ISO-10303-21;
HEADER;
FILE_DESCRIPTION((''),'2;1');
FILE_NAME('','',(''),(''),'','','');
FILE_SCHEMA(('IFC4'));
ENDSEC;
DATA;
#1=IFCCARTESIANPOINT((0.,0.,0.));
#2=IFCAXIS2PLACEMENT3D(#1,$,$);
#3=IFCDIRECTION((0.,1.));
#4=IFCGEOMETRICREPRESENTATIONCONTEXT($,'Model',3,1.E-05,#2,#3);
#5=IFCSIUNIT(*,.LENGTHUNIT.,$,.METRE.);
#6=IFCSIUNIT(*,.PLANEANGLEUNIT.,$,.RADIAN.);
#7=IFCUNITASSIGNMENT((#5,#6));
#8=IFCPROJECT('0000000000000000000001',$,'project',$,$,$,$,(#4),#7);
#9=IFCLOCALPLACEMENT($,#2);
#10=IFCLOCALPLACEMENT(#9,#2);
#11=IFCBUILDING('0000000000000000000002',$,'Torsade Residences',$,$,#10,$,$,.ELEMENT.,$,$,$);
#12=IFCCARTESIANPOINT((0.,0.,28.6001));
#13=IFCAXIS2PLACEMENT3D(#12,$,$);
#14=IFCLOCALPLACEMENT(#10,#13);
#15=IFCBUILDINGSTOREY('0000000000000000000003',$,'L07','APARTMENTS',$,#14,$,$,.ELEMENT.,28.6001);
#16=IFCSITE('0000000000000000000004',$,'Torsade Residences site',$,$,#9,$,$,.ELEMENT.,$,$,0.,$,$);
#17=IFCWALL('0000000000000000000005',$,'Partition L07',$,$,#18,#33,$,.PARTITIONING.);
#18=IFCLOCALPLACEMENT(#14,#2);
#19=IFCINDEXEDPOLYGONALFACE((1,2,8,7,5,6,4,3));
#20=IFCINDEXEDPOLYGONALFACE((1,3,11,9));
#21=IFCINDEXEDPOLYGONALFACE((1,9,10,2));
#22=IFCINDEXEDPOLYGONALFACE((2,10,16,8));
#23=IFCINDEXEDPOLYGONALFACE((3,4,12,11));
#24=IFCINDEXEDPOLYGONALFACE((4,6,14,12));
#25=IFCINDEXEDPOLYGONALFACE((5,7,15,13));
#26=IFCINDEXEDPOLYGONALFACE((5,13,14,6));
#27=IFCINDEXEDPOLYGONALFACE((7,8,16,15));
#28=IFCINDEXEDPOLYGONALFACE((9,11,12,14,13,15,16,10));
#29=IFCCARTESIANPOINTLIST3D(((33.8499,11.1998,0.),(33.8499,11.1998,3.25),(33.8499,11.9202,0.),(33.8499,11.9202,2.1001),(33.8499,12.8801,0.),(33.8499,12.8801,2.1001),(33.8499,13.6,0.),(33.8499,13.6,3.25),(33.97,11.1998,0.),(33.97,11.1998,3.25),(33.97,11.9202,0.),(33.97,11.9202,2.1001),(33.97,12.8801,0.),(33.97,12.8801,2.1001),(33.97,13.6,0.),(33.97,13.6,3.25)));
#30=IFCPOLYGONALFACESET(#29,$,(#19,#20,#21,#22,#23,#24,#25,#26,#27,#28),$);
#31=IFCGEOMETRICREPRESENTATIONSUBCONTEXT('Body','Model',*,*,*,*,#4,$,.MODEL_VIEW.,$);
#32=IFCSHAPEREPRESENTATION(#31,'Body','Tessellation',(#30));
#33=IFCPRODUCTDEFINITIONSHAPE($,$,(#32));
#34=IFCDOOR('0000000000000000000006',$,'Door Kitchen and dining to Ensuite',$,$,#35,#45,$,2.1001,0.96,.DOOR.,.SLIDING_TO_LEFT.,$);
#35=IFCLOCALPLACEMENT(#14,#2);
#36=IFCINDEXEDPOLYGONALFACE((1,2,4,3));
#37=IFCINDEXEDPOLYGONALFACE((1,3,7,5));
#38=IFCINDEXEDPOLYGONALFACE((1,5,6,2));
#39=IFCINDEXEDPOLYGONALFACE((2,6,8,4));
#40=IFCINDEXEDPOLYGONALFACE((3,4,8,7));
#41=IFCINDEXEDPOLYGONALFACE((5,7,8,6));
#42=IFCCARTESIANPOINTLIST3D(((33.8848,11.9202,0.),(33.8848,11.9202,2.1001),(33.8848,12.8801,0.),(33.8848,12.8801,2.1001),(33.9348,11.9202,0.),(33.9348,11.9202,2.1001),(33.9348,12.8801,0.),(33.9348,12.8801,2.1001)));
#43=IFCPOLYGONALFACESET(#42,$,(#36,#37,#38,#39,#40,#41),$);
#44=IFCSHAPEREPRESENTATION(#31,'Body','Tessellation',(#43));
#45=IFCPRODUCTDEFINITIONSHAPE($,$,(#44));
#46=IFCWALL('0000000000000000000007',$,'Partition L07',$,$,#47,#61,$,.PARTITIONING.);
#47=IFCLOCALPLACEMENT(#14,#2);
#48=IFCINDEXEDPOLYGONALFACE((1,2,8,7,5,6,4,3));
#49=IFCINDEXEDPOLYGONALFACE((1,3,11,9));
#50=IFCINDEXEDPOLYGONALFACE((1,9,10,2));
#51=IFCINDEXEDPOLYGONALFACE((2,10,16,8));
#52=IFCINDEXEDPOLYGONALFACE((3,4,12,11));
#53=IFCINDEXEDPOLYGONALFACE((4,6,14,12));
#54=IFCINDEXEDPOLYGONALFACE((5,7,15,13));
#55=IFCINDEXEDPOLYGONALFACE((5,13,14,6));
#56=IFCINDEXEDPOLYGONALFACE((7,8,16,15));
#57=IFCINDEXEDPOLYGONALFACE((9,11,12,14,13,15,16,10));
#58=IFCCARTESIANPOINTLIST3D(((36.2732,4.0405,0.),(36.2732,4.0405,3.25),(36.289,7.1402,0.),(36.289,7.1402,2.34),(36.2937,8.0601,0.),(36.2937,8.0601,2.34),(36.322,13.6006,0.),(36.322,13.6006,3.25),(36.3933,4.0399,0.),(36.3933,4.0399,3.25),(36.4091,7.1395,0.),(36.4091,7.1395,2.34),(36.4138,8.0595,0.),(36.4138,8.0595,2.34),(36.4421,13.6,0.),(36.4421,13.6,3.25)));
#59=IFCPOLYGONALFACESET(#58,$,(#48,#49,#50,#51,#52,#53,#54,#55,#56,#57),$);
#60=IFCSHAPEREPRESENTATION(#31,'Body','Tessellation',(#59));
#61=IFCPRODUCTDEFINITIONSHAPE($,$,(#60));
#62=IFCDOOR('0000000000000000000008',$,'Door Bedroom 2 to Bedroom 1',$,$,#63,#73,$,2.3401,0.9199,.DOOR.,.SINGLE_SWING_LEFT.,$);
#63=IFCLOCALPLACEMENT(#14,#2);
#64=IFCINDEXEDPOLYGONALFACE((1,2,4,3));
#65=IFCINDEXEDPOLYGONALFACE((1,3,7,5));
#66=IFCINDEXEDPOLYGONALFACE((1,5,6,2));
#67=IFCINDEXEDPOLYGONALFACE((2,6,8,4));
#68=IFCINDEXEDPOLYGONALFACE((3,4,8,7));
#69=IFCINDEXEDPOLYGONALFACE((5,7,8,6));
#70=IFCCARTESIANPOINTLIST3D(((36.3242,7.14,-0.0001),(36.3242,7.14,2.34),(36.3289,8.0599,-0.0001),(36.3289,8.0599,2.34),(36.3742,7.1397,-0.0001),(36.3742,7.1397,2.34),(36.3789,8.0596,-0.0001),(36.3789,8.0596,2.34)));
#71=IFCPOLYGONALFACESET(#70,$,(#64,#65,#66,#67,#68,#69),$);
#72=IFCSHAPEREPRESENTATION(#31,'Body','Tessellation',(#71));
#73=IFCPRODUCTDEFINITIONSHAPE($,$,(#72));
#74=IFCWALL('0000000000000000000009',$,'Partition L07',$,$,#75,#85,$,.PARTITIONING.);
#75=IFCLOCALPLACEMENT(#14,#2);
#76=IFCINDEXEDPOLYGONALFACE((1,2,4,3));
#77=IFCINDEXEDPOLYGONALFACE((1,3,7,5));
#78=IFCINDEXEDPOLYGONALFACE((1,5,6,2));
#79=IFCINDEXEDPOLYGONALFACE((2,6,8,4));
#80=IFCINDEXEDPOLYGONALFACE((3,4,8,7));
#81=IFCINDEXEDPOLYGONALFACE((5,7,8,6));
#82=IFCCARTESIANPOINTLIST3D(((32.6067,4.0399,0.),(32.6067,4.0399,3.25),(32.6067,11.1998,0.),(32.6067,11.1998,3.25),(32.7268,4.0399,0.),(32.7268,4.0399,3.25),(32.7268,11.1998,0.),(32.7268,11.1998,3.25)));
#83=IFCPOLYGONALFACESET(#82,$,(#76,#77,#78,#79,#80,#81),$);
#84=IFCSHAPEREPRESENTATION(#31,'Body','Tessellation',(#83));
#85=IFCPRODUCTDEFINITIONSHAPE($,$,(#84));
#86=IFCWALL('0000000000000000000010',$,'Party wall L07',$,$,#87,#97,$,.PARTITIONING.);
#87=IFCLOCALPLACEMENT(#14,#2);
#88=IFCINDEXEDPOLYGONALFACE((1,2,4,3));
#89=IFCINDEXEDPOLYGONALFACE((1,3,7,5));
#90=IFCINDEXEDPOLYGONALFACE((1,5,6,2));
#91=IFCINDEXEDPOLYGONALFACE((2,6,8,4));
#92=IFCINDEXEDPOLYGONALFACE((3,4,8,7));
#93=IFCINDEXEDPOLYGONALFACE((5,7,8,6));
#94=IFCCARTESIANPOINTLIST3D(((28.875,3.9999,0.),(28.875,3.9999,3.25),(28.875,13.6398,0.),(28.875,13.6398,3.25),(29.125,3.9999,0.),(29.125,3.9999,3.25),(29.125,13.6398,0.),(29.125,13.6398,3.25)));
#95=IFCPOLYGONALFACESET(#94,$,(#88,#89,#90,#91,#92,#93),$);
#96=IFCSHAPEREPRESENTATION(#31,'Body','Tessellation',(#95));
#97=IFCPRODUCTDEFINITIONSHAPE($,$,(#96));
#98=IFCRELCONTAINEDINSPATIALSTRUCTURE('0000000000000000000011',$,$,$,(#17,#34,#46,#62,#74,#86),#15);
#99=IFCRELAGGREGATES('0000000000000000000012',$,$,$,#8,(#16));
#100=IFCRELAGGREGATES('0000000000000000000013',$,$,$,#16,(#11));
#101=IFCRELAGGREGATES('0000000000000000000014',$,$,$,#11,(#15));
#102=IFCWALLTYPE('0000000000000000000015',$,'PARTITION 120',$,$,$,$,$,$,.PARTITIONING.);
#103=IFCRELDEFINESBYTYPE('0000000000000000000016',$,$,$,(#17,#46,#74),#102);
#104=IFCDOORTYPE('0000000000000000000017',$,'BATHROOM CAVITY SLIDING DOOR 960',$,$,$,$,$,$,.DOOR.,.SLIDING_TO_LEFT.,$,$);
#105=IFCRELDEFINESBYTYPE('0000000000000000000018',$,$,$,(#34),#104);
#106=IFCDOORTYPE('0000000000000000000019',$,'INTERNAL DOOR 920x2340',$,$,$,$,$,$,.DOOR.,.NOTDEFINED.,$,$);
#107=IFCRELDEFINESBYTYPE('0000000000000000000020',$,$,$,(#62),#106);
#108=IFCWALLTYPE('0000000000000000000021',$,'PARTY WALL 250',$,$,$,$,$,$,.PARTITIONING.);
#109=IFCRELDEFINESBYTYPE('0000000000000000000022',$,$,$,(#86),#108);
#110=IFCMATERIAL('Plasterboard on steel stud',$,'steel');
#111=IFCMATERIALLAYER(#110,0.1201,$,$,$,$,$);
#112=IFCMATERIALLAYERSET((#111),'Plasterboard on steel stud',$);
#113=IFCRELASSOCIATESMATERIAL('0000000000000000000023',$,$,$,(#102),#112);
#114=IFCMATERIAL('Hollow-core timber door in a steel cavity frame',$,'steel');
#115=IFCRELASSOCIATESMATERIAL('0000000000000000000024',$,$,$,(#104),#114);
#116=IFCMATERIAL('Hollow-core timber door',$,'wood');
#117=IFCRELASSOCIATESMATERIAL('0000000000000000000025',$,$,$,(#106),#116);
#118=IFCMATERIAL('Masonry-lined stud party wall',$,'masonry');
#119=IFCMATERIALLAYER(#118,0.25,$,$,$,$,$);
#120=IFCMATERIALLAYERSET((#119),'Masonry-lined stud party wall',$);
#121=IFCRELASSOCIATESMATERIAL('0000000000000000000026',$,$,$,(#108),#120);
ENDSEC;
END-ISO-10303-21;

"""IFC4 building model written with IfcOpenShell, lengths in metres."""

from ifc_helpers import new_model, si_unit, direction, frame, frame_2d, origin, place, context, subcontext, project, spatial, rectangle, extrude, material, layer, layer_set, type_object, element, fill, save


model = new_model("IFC4")

# Units and contexts
model_context = context("Model", 3, precision=1e-05, world=origin(), true_north=direction((0.0, 1.0)))
body_context = subcontext(model_context, "Body", "Model", "MODEL_VIEW")
ifc_project = project(units=[si_unit("LENGTHUNIT", "METRE"), si_unit("PLANEANGLEUNIT", "RADIAN")], contexts=[model_context])

# Site, building, storey
site_placement = place(None, origin())
site = spatial("IfcSite", under=ifc_project, at=site_placement, Name="Torsade Residences site", CompositionType="ELEMENT", RefElevation=0.0)
building_placement = place(site_placement, origin())
building = spatial("IfcBuilding", under=site, at=building_placement, Name="Torsade Residences", CompositionType="ELEMENT")
storey_placement = place(building_placement, frame((0.0, 0.0, 28.6001)))
storey = spatial("IfcBuildingStorey", under=building, at=storey_placement, Name="L07", Description="APARTMENTS", CompositionType="ELEMENT", Elevation=28.6001)

# Shared definitions
ifc_material_1 = material(Name="Plasterboard on steel stud", Category="steel")
ifc_layer_1 = layer(ifc_material_1, 0.1201)
ifc_layer_set_1 = layer_set([ifc_layer_1], Name="Plasterboard on steel stud")
wall_type_1 = type_object("IfcWallType", Name="PARTITION 120", PredefinedType="PARTITIONING", material=ifc_layer_set_1)

# Walls, openings, doors
wall_1_placement = place(storey_placement, frame((33.9099, 13.6001, 0.0), z_axis=(0.0, 0.0, 1.0), x_axis=(0.0, -1.0, 0.0)))
wall_1 = element("IfcWall", 1, at=wall_1_placement, inside=storey, type_object=wall_type_1, Name="Partition L07", PredefinedType="PARTITIONING", context=body_context, shape_type="SweptSolid", body=[
    extrude(rectangle(XDim=2.4001, YDim=0.1201, at=frame_2d((1.2002, 0.0))), origin(), (0.0, 0.0, 1.0), 3.25),
])
opening_1_placement = place(wall_1_placement, frame((0.72, 0.0, 0.0)))
opening_1 = element("IfcOpeningElement", 2, at=opening_1_placement, cuts=wall_1, PredefinedType="OPENING", context=body_context, shape_type="SweptSolid", body=[
    extrude(rectangle(XDim=0.96, YDim=2.1001, at=frame_2d((0.48, 1.05))), frame((0.0, 0.0701, 0.0), z_axis=(0.0, -1.0, 0.0), x_axis=(1.0, 0.0, 0.0)), (0.0, 0.0, 1.0), 0.1401),
])
ifc_material_2 = material(Name="Hollow-core timber door in a steel cavity frame", Category="steel")
door_type_1 = type_object("IfcDoorType", Name="BATHROOM CAVITY SLIDING DOOR 960", OperationType="SLIDING_TO_LEFT", PredefinedType="DOOR", material=ifc_material_2)
door_1_placement = place(opening_1_placement, origin())
door_1 = element("IfcDoor", 3, at=door_1_placement, inside=storey, type_object=door_type_1, Name="Door Kitchen and dining to Ensuite", OperationType="SLIDING_TO_LEFT", OverallHeight=2.1001, OverallWidth=0.96, PredefinedType="DOOR", context=body_context, shape_type="SweptSolid", body=[
    extrude(rectangle(XDim=0.96, YDim=2.1001, at=frame_2d((0.48, 1.05))), frame((0.0, 0.0249, 0.0), z_axis=(0.0, -1.0, 0.0), x_axis=(1.0, 0.0, 0.0)), (0.0, 0.0, 1.0), 0.05),
])
fill(opening_1, door_1)
wall_2_placement = place(storey_placement, frame((36.3333, 4.04, 0.0), z_axis=(0.0, 0.0, 1.0), x_axis=(0.005107, 0.999987, 0.0)))
wall_2 = element("IfcWall", 4, at=wall_2_placement, inside=storey, type_object=wall_type_1, Name="Partition L07", PredefinedType="PARTITIONING", context=body_context, shape_type="SweptSolid", body=[
    extrude(rectangle(XDim=9.5603, YDim=0.1201, at=frame_2d((4.7803, 0.0))), origin(), (0.0, 0.0, 1.0), 3.25),
])
opening_2_placement = place(wall_2_placement, frame((3.0999, 0.0, 0.0)))
opening_2 = element("IfcOpeningElement", 5, at=opening_2_placement, cuts=wall_2, PredefinedType="OPENING", context=body_context, shape_type="SweptSolid", body=[
    extrude(rectangle(XDim=0.9199, YDim=2.3401, at=frame_2d((0.46, 1.1699))), frame((0.0, 0.0701, 0.0), z_axis=(0.0, -1.0, 0.0), x_axis=(1.0, 0.0, 0.0)), (0.0, 0.0, 1.0), 0.1401),
])
ifc_material_3 = material(Name="Hollow-core timber door", Category="wood")
door_type_2 = type_object("IfcDoorType", Name="INTERNAL DOOR 920x2340", OperationType="NOTDEFINED", PredefinedType="DOOR", material=ifc_material_3)
door_2_placement = place(opening_2_placement, origin())
door_2 = element("IfcDoor", 6, at=door_2_placement, inside=storey, type_object=door_type_2, Name="Door Bedroom 2 to Bedroom 1", OperationType="SINGLE_SWING_LEFT", OverallHeight=2.3401, OverallWidth=0.9199, PredefinedType="DOOR", context=body_context, shape_type="SweptSolid", body=[
    extrude(rectangle(XDim=0.9199, YDim=2.3401, at=frame_2d((0.46, 1.1699))), frame((0.0, 0.0249, 0.0), z_axis=(0.0, -1.0, 0.0), x_axis=(1.0, 0.0, 0.0)), (0.0, 0.0, 1.0), 0.05),
])
fill(opening_2, door_2)

# Walls
wall_3_placement = place(storey_placement, frame((32.6667, 11.2, 0.0), z_axis=(0.0, 0.0, 1.0), x_axis=(0.0, -1.0, 0.0)))
element("IfcWall", 7, at=wall_3_placement, inside=storey, type_object=wall_type_1, Name="Partition L07", PredefinedType="PARTITIONING", context=body_context, shape_type="SweptSolid", body=[
    extrude(rectangle(XDim=7.1599, YDim=0.1201, at=frame_2d((3.5801, 0.0))), origin(), (0.0, 0.0, 1.0), 3.25),
])
ifc_material_4 = material(Name="Masonry-lined stud party wall", Category="masonry")
ifc_layer_2 = layer(ifc_material_4, 0.25)
ifc_layer_set_2 = layer_set([ifc_layer_2], Name="Masonry-lined stud party wall")
wall_type_2 = type_object("IfcWallType", Name="PARTY WALL 250", PredefinedType="PARTITIONING", material=ifc_layer_set_2)
wall_4_placement = place(storey_placement, frame((29.0, 4.0, 0.0), z_axis=(0.0, 0.0, 1.0), x_axis=(0.0, 1.0, 0.0)))
element("IfcWall", 8, at=wall_4_placement, inside=storey, type_object=wall_type_2, Name="Party wall L07", PredefinedType="PARTITIONING", context=body_context, shape_type="SweptSolid", body=[
    extrude(rectangle(XDim=9.6399, YDim=0.25, at=frame_2d((4.8198, 0.0))), origin(), (0.0, 0.0, 1.0), 3.25),
])

save(model, "model.ifc")
